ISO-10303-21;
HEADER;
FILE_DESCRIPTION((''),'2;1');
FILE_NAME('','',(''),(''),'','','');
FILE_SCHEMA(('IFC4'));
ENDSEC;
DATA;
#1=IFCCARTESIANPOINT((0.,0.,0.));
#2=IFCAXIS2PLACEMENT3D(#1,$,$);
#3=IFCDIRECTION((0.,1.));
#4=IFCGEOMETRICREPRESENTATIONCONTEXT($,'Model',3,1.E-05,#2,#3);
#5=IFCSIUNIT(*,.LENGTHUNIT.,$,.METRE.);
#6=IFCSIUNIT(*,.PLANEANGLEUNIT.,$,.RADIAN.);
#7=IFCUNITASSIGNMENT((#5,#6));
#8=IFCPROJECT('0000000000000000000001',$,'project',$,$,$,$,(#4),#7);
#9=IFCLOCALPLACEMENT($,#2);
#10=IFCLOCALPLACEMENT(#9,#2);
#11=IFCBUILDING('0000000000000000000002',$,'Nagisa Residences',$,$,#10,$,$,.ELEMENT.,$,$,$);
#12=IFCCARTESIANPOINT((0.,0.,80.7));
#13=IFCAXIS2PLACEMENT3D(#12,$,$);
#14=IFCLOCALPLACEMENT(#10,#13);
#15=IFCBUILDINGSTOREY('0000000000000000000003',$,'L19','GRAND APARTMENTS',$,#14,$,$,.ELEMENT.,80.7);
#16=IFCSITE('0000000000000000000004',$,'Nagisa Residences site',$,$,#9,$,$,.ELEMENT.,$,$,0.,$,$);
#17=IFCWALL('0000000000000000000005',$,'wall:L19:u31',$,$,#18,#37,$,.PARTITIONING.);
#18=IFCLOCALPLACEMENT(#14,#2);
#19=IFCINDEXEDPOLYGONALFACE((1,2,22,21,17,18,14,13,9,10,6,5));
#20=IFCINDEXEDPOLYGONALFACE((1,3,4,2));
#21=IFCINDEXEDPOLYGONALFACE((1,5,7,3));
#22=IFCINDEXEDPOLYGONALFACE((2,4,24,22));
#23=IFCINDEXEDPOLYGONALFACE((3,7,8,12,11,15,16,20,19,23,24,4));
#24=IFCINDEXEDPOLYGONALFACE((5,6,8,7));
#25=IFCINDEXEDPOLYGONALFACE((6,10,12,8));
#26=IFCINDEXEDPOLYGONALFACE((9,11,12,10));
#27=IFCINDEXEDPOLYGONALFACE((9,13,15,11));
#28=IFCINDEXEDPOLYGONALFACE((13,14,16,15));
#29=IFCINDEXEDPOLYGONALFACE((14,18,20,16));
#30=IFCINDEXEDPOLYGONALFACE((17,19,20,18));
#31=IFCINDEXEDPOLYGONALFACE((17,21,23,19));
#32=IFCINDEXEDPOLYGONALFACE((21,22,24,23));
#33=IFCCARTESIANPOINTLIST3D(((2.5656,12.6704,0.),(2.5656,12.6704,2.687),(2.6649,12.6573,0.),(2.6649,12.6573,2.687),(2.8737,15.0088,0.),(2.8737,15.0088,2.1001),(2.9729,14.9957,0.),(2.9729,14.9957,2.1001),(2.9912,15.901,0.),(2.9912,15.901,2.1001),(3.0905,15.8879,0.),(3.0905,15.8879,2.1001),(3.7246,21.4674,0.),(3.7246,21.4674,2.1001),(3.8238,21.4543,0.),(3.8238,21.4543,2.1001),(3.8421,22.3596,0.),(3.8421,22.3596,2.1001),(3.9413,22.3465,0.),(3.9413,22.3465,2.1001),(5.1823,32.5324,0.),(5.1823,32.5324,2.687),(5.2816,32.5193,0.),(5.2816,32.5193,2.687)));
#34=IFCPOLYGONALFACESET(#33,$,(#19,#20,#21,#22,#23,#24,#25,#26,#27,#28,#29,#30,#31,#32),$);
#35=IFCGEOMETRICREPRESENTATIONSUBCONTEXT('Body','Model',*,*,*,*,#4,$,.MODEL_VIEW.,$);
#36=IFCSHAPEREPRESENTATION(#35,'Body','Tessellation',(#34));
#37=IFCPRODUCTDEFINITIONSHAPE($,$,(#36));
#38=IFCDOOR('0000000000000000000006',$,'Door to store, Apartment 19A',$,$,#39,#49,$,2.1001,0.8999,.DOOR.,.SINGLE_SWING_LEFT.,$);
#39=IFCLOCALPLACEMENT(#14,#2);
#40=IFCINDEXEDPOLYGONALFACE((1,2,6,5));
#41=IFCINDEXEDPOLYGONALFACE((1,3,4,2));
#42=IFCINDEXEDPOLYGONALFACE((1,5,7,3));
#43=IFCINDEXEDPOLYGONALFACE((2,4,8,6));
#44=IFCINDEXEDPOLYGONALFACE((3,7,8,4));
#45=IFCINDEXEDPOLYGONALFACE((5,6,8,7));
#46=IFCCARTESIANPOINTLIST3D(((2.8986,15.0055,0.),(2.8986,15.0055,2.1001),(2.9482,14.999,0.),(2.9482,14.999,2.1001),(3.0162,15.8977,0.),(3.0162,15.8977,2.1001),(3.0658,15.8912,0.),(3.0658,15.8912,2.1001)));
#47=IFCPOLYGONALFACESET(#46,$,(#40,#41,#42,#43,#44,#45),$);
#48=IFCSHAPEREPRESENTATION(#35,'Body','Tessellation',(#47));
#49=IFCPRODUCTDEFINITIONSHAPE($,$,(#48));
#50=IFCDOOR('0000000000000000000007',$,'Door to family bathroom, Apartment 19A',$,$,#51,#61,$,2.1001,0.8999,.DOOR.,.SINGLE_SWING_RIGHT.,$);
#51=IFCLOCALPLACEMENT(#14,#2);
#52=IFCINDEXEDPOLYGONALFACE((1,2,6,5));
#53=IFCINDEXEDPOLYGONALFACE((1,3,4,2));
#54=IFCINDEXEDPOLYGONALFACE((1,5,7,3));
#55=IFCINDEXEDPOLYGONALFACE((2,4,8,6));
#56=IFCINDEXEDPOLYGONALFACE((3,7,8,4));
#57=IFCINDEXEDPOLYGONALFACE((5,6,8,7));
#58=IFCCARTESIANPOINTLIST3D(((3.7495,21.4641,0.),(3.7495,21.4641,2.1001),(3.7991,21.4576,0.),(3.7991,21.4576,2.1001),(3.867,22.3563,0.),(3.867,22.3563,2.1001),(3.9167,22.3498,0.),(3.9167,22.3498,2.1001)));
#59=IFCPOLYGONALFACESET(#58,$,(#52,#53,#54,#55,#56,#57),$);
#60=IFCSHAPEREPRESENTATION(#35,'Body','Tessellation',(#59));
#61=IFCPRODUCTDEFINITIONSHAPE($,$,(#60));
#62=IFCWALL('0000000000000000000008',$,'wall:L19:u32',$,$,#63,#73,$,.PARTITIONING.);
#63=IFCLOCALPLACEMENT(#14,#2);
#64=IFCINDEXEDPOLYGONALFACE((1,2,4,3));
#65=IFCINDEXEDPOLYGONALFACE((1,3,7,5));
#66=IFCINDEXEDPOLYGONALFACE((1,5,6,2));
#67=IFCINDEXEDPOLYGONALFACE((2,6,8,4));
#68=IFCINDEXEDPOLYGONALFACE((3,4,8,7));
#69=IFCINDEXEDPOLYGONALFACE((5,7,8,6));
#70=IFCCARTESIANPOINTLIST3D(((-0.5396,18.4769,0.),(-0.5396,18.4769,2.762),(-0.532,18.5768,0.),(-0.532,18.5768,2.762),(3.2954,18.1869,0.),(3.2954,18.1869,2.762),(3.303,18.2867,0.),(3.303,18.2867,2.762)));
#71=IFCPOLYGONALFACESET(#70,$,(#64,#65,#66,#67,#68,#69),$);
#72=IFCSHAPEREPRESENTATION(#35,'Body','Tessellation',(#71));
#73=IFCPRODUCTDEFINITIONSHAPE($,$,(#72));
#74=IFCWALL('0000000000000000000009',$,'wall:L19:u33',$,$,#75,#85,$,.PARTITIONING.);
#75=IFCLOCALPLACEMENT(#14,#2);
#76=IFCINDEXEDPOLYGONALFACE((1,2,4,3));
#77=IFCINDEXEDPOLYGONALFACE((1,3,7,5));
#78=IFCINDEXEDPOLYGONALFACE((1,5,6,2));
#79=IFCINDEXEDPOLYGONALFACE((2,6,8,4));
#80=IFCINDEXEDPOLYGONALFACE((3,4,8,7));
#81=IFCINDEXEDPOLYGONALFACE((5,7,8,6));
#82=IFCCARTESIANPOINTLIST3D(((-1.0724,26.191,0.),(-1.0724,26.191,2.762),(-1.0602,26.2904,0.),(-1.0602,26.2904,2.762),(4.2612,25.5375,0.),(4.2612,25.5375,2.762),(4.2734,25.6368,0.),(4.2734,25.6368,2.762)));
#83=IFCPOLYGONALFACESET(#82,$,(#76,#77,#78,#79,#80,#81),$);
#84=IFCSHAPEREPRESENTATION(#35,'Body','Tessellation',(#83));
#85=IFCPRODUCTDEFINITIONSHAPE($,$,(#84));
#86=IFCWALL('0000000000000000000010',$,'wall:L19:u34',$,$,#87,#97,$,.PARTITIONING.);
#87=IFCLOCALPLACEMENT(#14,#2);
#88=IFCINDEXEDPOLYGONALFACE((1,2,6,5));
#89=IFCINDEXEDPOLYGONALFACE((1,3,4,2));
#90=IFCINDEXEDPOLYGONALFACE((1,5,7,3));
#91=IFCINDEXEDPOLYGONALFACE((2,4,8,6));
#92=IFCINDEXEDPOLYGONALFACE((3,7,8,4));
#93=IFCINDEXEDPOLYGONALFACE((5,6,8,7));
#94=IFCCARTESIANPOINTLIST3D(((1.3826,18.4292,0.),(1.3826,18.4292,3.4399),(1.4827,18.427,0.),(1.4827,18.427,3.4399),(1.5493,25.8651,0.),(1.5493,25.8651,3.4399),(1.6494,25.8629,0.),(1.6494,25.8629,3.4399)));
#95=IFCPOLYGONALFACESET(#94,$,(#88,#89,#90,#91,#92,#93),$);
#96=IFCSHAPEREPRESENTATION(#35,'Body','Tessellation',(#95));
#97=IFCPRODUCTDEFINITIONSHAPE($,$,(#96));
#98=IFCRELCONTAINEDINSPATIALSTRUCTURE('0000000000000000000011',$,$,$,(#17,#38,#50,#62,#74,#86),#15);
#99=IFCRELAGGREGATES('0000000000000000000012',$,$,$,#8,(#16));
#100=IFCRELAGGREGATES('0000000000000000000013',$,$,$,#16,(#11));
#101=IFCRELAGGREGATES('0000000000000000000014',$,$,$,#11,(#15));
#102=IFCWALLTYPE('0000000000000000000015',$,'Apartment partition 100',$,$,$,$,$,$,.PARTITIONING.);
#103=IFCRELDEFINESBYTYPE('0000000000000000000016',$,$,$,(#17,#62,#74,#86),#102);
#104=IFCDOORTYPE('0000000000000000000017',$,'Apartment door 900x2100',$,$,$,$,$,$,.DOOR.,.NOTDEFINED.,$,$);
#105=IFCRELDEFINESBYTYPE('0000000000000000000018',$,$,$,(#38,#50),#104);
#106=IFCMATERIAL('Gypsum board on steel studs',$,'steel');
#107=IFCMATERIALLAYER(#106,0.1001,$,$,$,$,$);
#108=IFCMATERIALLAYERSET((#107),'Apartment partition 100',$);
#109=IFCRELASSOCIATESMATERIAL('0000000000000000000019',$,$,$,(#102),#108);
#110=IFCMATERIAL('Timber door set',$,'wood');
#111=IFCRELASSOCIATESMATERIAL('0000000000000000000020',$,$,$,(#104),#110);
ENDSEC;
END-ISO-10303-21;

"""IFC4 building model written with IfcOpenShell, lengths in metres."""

from ifc_helpers import new_model, si_unit, direction, frame, frame_2d, origin, place, context, subcontext, project, spatial, rectangle, extrude, material, layer, layer_set, type_object, element, fill, save


model = new_model("IFC4")

# Units and contexts
model_context = context("Model", 3, precision=1e-05, world=origin(), true_north=direction((0.0, 1.0)))
body_context = subcontext(model_context, "Body", "Model", "MODEL_VIEW")
ifc_project = project(units=[si_unit("LENGTHUNIT", "METRE"), si_unit("PLANEANGLEUNIT", "RADIAN")], contexts=[model_context])

# Site, building, storey
site_placement = place(None, origin())
site = spatial("IfcSite", under=ifc_project, at=site_placement, Name="Nagisa Residences site", CompositionType="ELEMENT", RefElevation=0.0)
building_placement = place(site_placement, origin())
building = spatial("IfcBuilding", under=site, at=building_placement, Name="Nagisa Residences", CompositionType="ELEMENT")
storey_placement = place(building_placement, frame((0.0, 0.0, 80.7)))
storey = spatial("IfcBuildingStorey", under=building, at=storey_placement, Name="L19", Description="GRAND APARTMENTS", CompositionType="ELEMENT", Elevation=80.7)

# Shared definitions
ifc_material_1 = material(Name="Gypsum board on steel studs", Category="steel")
ifc_layer_1 = layer(ifc_material_1, 0.1001)
ifc_layer_set_1 = layer_set([ifc_layer_1], Name="Apartment partition 100")
wall_type = type_object("IfcWallType", Name="Apartment partition 100", PredefinedType="PARTITIONING", material=ifc_layer_set_1)

# Shared definitions
ifc_material_2 = material(Name="Timber door set", Category="wood")
door_type = type_object("IfcDoorType", Name="Apartment door 900x2100", OperationType="NOTDEFINED", PredefinedType="DOOR", material=ifc_material_2)

# Wall, openings, doors
wall_1_placement = place(storey_placement, frame((2.6152, 12.6638, 0.0), z_axis=(0.0, 0.0, 1.0), x_axis=(0.130615, 0.991433, 0.0)))
wall_1 = element("IfcWall", 1, at=wall_1_placement, inside=storey, type_object=wall_type, Name="wall:L19:u31", PredefinedType="PARTITIONING", context=body_context, shape_type="SweptSolid", body=[
    extrude(rectangle(XDim=20.0337, YDim=0.1001, at=frame_2d((10.0168, 0.0))), origin(), (0.0, 0.0, 1.0), 2.687),
])
opening_1_placement = place(wall_1_placement, frame((2.3586, 0.0, 0.0)))
opening_1 = element("IfcOpeningElement", 2, at=opening_1_placement, cuts=wall_1, PredefinedType="OPENING", context=body_context, shape_type="SweptSolid", body=[
    extrude(rectangle(XDim=0.8999, YDim=2.1001, at=frame_2d((0.45, 1.05))), frame((0.0, 0.0601, 0.0), z_axis=(0.0, -1.0, 0.0), x_axis=(1.0, 0.0, 0.0)), (0.0, 0.0, 1.0), 0.1201),
])
opening_2_placement = place(wall_1_placement, frame((8.873, 0.0, 0.0)))
opening_2 = element("IfcOpeningElement", 3, at=opening_2_placement, cuts=wall_1, PredefinedType="OPENING", context=body_context, shape_type="SweptSolid", body=[
    extrude(rectangle(XDim=0.8999, YDim=2.1001, at=frame_2d((0.45, 1.05))), frame((0.0, 0.0601, 0.0), z_axis=(0.0, -1.0, 0.0), x_axis=(1.0, 0.0, 0.0)), (0.0, 0.0, 1.0), 0.1201),
])
door_1_placement = place(opening_1_placement, origin())
door_1 = element("IfcDoor", 4, at=door_1_placement, inside=storey, type_object=door_type, Name="Door to store, Apartment 19A", OperationType="SINGLE_SWING_LEFT", OverallHeight=2.1001, OverallWidth=0.8999, PredefinedType="DOOR", context=body_context, shape_type="SweptSolid", body=[
    extrude(rectangle(XDim=0.8999, YDim=2.1001, at=frame_2d((0.45, 1.05))), frame((0.0, 0.0249, 0.0), z_axis=(0.0, -1.0, 0.0), x_axis=(1.0, 0.0, 0.0)), (0.0, 0.0, 1.0), 0.05),
])
fill(opening_1, door_1)
door_2_placement = place(opening_2_placement, origin())
door_2 = element("IfcDoor", 5, at=door_2_placement, inside=storey, type_object=door_type, Name="Door to family bathroom, Apartment 19A", OperationType="SINGLE_SWING_RIGHT", OverallHeight=2.1001, OverallWidth=0.8999, PredefinedType="DOOR", context=body_context, shape_type="SweptSolid", body=[
    extrude(rectangle(XDim=0.8999, YDim=2.1001, at=frame_2d((0.45, 1.05))), frame((0.0, 0.0249, 0.0), z_axis=(0.0, -1.0, 0.0), x_axis=(1.0, 0.0, 0.0)), (0.0, 0.0, 1.0), 0.05),
])
fill(opening_2, door_2)

# Walls
wall_2_placement = place(storey_placement, frame((3.2991, 18.2368, 0.0), z_axis=(0.0, 0.0, 1.0), x_axis=(-0.997152, 0.075415, 0.0)))
element("IfcWall", 6, at=wall_2_placement, inside=storey, type_object=wall_type, Name="wall:L19:u32", PredefinedType="PARTITIONING", context=body_context, shape_type="SweptSolid", body=[
    extrude(rectangle(XDim=3.8459, YDim=0.1001, at=frame_2d((1.9229, 0.0))), origin(), (0.0, 0.0, 1.0), 2.762),
])
wall_3_placement = place(storey_placement, frame((4.2673, 25.5872, 0.0), z_axis=(0.0, 0.0, 1.0), x_axis=(-0.992576, 0.121624, 0.0)))
element("IfcWall", 7, at=wall_3_placement, inside=storey, type_object=wall_type, Name="wall:L19:u33", PredefinedType="PARTITIONING", context=body_context, shape_type="SweptSolid", body=[
    extrude(rectangle(XDim=5.3735, YDim=0.1001, at=frame_2d((2.6868, 0.0))), origin(), (0.0, 0.0, 1.0), 2.762),
])
wall_4_placement = place(storey_placement, frame((1.4326, 18.4282, 0.0), z_axis=(0.0, 0.0, 1.0), x_axis=(0.022419, 0.999749, 0.0)))
element("IfcWall", 8, at=wall_4_placement, inside=storey, type_object=wall_type, Name="wall:L19:u34", PredefinedType="PARTITIONING", context=body_context, shape_type="SweptSolid", body=[
    extrude(rectangle(XDim=7.4377, YDim=0.1001, at=frame_2d((3.7188, 0.0))), origin(), (0.0, 0.0, 1.0), 3.4399),
])

save(model, "model.ifc")
